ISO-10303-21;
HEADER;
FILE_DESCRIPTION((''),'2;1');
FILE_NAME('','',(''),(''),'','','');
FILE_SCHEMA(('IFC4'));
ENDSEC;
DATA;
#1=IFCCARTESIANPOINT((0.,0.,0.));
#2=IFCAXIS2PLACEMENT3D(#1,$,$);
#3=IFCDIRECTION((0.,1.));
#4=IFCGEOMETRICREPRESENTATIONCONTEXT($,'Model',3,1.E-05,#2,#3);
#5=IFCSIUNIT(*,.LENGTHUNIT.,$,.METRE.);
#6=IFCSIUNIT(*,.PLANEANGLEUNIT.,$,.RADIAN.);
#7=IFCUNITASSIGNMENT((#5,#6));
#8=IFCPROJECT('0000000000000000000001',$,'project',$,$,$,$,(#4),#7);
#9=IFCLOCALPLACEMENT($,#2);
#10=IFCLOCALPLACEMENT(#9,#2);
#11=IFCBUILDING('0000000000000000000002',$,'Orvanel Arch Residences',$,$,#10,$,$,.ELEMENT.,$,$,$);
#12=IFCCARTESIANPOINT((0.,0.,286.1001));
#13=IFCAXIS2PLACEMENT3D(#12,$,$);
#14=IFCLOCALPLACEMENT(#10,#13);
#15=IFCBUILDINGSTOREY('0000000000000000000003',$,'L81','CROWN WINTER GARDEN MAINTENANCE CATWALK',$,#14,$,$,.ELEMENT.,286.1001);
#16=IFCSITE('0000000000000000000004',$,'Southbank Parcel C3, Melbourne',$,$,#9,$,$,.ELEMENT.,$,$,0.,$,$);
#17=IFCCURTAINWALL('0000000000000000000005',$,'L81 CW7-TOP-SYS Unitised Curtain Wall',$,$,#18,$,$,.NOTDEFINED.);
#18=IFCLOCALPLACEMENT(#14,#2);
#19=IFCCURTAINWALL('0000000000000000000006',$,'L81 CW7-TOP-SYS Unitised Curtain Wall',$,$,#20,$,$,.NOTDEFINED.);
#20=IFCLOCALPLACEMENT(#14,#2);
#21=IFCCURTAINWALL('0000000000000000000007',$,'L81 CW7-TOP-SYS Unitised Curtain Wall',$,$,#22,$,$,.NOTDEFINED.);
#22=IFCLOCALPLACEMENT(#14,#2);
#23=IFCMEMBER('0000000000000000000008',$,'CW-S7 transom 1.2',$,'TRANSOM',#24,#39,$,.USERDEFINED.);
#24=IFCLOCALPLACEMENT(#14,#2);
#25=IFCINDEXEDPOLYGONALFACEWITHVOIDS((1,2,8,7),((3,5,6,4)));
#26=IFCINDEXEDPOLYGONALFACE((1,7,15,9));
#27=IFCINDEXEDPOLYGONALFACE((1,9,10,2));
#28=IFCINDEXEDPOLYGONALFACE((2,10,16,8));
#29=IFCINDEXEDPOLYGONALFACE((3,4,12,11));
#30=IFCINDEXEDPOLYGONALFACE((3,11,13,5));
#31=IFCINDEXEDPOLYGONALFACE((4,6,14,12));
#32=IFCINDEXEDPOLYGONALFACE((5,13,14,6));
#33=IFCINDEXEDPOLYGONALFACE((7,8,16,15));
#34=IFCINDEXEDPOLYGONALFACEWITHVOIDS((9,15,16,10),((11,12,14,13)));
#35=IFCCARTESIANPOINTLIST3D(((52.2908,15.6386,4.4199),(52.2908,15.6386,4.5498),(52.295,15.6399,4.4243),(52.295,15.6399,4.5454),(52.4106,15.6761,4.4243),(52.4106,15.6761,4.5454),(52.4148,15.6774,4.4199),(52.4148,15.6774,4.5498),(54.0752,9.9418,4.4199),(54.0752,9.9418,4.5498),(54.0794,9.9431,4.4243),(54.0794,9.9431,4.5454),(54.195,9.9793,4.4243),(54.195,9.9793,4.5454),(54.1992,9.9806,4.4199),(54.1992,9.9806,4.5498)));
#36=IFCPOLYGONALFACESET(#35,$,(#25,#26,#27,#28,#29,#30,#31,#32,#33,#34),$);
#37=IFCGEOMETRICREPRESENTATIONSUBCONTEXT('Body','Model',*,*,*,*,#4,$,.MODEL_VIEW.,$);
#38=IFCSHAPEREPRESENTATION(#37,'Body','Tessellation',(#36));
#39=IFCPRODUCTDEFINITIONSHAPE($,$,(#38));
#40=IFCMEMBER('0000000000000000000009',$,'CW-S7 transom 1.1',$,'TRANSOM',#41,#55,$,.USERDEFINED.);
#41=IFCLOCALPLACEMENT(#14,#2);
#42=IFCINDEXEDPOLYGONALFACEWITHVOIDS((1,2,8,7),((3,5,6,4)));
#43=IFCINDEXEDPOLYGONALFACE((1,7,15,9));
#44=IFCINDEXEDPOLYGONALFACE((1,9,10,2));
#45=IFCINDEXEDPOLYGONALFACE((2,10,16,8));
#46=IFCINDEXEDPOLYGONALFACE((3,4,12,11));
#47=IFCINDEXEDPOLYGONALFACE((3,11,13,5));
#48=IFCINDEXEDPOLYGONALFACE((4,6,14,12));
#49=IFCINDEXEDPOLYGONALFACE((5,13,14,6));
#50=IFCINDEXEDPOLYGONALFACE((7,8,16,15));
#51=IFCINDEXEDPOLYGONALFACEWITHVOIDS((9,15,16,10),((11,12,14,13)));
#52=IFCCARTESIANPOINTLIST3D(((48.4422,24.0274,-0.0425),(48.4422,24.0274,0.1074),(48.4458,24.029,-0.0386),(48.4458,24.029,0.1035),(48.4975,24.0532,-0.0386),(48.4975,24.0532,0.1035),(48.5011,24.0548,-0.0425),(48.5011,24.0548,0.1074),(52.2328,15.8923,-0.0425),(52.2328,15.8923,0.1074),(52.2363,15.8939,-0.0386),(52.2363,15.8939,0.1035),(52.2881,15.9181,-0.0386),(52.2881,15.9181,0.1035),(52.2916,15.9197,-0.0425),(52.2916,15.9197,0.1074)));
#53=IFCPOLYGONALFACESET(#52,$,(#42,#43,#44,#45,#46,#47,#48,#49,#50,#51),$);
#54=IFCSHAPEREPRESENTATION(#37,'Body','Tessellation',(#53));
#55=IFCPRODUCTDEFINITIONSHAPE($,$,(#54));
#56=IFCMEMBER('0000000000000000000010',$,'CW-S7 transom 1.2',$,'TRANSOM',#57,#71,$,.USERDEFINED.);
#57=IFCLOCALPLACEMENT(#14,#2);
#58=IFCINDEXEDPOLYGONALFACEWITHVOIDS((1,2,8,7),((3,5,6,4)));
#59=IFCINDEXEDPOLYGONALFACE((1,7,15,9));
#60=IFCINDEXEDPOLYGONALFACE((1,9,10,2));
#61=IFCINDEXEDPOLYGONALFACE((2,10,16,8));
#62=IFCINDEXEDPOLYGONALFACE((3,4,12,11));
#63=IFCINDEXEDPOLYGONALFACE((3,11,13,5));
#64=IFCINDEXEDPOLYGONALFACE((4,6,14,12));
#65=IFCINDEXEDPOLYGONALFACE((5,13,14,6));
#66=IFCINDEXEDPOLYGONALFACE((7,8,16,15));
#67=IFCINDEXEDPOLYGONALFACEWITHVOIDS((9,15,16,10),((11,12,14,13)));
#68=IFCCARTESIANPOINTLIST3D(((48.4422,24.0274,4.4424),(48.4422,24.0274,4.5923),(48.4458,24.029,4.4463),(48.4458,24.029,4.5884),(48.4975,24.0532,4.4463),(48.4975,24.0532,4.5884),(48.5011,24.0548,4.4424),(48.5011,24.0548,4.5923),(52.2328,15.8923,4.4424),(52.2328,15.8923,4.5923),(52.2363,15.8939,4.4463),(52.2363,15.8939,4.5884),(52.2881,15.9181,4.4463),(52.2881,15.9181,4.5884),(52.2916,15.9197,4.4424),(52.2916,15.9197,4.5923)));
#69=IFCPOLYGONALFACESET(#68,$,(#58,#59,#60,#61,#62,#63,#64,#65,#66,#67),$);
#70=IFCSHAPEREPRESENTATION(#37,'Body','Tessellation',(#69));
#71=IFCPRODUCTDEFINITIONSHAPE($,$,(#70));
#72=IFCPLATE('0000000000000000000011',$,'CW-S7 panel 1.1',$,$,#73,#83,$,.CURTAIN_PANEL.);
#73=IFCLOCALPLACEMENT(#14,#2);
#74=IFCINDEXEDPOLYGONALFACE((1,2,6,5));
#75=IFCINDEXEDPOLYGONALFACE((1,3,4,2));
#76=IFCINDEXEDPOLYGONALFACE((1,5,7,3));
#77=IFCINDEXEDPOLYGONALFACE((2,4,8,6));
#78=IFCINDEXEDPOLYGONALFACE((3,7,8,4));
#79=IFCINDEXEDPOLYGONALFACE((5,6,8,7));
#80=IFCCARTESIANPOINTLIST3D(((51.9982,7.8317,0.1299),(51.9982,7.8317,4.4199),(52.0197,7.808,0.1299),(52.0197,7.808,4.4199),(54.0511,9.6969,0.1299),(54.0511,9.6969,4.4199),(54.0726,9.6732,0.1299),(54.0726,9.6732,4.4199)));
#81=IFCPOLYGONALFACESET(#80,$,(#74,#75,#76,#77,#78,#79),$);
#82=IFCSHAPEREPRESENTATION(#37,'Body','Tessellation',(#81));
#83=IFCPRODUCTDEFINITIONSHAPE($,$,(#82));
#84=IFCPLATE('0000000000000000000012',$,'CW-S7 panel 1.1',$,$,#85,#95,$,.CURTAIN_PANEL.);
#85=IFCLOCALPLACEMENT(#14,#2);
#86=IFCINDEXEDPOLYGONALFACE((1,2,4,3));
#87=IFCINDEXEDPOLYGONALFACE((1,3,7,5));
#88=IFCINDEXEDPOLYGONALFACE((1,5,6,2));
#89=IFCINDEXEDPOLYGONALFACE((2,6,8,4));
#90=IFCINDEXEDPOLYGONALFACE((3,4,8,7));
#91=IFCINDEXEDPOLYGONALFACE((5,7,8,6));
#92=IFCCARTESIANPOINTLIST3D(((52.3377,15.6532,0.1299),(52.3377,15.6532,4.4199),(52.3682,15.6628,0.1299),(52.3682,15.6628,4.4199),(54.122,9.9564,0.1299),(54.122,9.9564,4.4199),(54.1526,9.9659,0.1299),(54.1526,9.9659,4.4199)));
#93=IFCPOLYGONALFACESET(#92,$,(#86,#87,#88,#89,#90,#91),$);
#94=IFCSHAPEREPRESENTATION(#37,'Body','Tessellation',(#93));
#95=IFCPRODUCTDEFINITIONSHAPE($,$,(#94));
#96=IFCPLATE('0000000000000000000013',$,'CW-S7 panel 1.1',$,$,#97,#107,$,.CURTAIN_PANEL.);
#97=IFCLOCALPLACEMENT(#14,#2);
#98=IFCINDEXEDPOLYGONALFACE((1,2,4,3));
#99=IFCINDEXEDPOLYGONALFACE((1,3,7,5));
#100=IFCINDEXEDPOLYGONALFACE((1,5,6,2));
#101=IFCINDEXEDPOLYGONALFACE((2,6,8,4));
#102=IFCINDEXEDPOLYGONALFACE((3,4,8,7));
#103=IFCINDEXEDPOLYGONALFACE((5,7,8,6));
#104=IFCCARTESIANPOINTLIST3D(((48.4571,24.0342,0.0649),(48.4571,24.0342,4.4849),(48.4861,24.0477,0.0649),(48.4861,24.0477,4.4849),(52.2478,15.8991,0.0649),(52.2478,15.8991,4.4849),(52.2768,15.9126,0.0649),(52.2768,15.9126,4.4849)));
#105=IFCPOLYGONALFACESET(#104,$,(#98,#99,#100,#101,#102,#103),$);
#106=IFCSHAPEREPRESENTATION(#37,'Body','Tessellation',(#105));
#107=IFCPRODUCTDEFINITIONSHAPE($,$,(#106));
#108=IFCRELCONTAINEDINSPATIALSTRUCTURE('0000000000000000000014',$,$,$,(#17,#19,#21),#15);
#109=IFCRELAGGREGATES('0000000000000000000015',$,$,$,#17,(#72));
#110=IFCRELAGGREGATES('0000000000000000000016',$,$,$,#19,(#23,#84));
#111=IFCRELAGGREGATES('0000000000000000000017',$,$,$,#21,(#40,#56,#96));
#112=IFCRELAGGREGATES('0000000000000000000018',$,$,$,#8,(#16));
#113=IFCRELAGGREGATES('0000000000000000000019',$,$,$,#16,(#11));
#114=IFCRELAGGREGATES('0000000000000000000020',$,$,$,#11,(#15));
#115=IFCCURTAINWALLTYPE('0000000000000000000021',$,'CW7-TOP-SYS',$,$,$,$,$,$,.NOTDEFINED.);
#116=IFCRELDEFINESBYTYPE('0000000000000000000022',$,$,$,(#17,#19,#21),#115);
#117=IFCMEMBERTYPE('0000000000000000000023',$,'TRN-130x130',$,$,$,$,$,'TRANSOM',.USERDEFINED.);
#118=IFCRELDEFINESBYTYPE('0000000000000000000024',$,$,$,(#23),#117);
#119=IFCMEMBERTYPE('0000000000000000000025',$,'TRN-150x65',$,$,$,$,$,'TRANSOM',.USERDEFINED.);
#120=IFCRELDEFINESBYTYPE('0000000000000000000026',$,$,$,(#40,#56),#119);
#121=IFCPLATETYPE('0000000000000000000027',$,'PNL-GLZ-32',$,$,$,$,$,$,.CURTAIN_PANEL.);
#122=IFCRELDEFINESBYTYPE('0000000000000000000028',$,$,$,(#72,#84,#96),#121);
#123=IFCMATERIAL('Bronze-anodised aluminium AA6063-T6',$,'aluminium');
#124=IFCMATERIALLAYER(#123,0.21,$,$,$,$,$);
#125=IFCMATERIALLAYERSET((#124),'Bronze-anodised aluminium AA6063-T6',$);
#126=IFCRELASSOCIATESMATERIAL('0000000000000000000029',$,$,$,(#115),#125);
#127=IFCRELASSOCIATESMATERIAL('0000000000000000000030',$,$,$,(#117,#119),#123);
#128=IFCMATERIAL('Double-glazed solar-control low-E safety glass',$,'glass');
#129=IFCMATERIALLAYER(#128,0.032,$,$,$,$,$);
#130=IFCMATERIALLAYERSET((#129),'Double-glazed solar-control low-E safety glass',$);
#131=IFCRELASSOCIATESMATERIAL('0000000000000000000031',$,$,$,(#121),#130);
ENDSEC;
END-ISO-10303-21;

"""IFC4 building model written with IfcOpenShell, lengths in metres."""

from ifc_helpers import new_model, si_unit, direction, frame, origin, origin_2d, place, context, subcontext, project, spatial, rectangle, hollow_rectangle, extrude, material, layer, layer_set, material_profile, profile_set, type_object, element, aggregate, save


model = new_model("IFC4")

# Units and contexts
model_context = context("Model", 3, precision=1e-05, world=origin(), true_north=direction((0.0, 1.0)))
body_context = subcontext(model_context, "Body", "Model", "MODEL_VIEW")
ifc_project = project(units=[si_unit("LENGTHUNIT", "METRE"), si_unit("PLANEANGLEUNIT", "RADIAN")], contexts=[model_context])

# Site, building, storey
site_placement = place(None, origin())
site = spatial("IfcSite", under=ifc_project, at=site_placement, Name="Southbank Parcel C3, Melbourne", CompositionType="ELEMENT", RefElevation=0.0)
building_placement = place(site_placement, origin())
building = spatial("IfcBuilding", under=site, at=building_placement, Name="Orvanel Arch Residences", CompositionType="ELEMENT")
storey_placement = place(building_placement, frame((0.0, 0.0, 286.1001)))
storey = spatial("IfcBuildingStorey", under=building, at=storey_placement, Name="L81", Description="CROWN WINTER GARDEN MAINTENANCE CATWALK", CompositionType="ELEMENT", Elevation=286.1001)

# Curtain walls
ifc_material_1 = material(Name="Bronze-anodised aluminium AA6063-T6", Category="aluminium")
ifc_layer_1 = layer(ifc_material_1, 0.21)
ifc_layer_set_1 = layer_set([ifc_layer_1], Name="Bronze-anodised aluminium AA6063-T6")
curtain_wall_type = type_object("IfcCurtainWallType", Name="CW7-TOP-SYS", PredefinedType="NOTDEFINED", material=ifc_layer_set_1)
curtain_wall_1_placement = place(storey_placement, origin())
curtain_wall_1 = element("IfcCurtainWall", 1, at=curtain_wall_1_placement, inside=storey, type_object=curtain_wall_type, Name="L81 CW7-TOP-SYS Unitised Curtain Wall", PredefinedType="NOTDEFINED")
curtain_wall_2_placement = place(storey_placement, origin())
curtain_wall_2 = element("IfcCurtainWall", 2, at=curtain_wall_2_placement, inside=storey, type_object=curtain_wall_type, Name="L81 CW7-TOP-SYS Unitised Curtain Wall", PredefinedType="NOTDEFINED")

# Curtain wall
curtain_wall_3_placement = place(storey_placement, origin())
curtain_wall_3 = element("IfcCurtainWall", 3, at=curtain_wall_3_placement, inside=storey, type_object=curtain_wall_type, Name="L81 CW7-TOP-SYS Unitised Curtain Wall", PredefinedType="NOTDEFINED")

# Members
ifc_material_profile_1 = material_profile(ifc_material_1, hollow_rectangle(XDim=0.1299, YDim=0.1299, WallThickness=0.0044, at=origin_2d()), Name="ALU130x130x4.5")
ifc_profile_set_1 = profile_set([ifc_material_profile_1], Name="Bronze-anodised aluminium AA6063-T6")
member_type_1 = type_object("IfcMemberType", Name="TRN-130x130", ElementType="TRANSOM", PredefinedType="USERDEFINED", material=ifc_profile_set_1)
member_1_placement = place(storey_placement, frame((54.1372, 9.9612, 4.4849), z_axis=(-0.298913, 0.95428, 0.0), x_axis=(-0.95428, -0.298913, 0.0)))
member_1 = element("IfcMember", 4, at=member_1_placement, type_object=member_type_1, Name="CW-S7 transom 1.2", ObjectType="TRANSOM", PredefinedType="USERDEFINED", context=body_context, shape_type="SweptSolid", body=[
    extrude(hollow_rectangle(XDim=0.1299, YDim=0.1299, WallThickness=0.0044, at=origin_2d()), origin(), (0.0, 0.0, 1.0), 5.9697),
])
ifc_material_profile_2 = material_profile(ifc_material_1, hollow_rectangle(XDim=0.0649, YDim=0.1499, WallThickness=0.0039, at=origin_2d()), Name="ALU150x65x4")
ifc_profile_set_2 = profile_set([ifc_material_profile_2], Name="Bronze-anodised aluminium AA6063-T6")
member_type_2 = type_object("IfcMemberType", Name="TRN-150x65", ElementType="TRANSOM", PredefinedType="USERDEFINED", material=ifc_profile_set_2)
member_2_placement = place(storey_placement, frame((52.2622, 15.906, 0.0325), z_axis=(-0.422354, 0.906431, 0.0), x_axis=(-0.906431, -0.422354, 0.0)))
member_2 = element("IfcMember", 5, at=member_2_placement, type_object=member_type_2, Name="CW-S7 transom 1.1", ObjectType="TRANSOM", PredefinedType="USERDEFINED", context=body_context, shape_type="SweptSolid", body=[
    extrude(hollow_rectangle(XDim=0.0649, YDim=0.1499, WallThickness=0.0039, at=origin_2d()), origin(), (0.0, 0.0, 1.0), 8.9749),
])
member_3_placement = place(storey_placement, frame((52.2622, 15.906, 4.5173), z_axis=(-0.422354, 0.906431, 0.0), x_axis=(-0.906431, -0.422354, 0.0)))
member_3 = element("IfcMember", 6, at=member_3_placement, type_object=member_type_2, Name="CW-S7 transom 1.2", ObjectType="TRANSOM", PredefinedType="USERDEFINED", context=body_context, shape_type="SweptSolid", body=[
    extrude(hollow_rectangle(XDim=0.0649, YDim=0.1499, WallThickness=0.0039, at=origin_2d()), origin(), (0.0, 0.0, 1.0), 8.9749),
])

# Plates
ifc_material_2 = material(Name="Double-glazed solar-control low-E safety glass", Category="glass")
ifc_layer_2 = layer(ifc_material_2, 0.032)
ifc_layer_set_2 = layer_set([ifc_layer_2], Name="Double-glazed solar-control low-E safety glass")
plate_type = type_object("IfcPlateType", Name="PNL-GLZ-32", PredefinedType="CURTAIN_PANEL", material=ifc_layer_set_2)
plate_1_placement = place(storey_placement, frame((53.0354, 8.7524, 0.1299), z_axis=(0.0, 0.0, 1.0), x_axis=(0.740131, 0.672462, 0.0)))
plate_1 = element("IfcPlate", 7, at=plate_1_placement, type_object=plate_type, Name="CW-S7 panel 1.1", PredefinedType="CURTAIN_PANEL", context=body_context, shape_type="SweptSolid", body=[
    extrude(rectangle(XDim=2.7737, YDim=0.032, at=origin_2d()), origin(), (0.0, 0.0, 1.0), 4.29),
])
aggregate(curtain_wall_1, [plate_1])
plate_2_placement = place(storey_placement, frame((53.2451, 12.8096, 0.1299), z_axis=(0.0, 0.0, 1.0), x_axis=(-0.298902, 0.954284, 0.0)))
plate_2 = element("IfcPlate", 8, at=plate_2_placement, type_object=plate_type, Name="CW-S7 panel 1.1", PredefinedType="CURTAIN_PANEL", context=body_context, shape_type="SweptSolid", body=[
    extrude(rectangle(XDim=5.9697, YDim=0.032, at=origin_2d()), origin(), (0.0, 0.0, 1.0), 4.29),
])
aggregate(curtain_wall_2, [member_1, plate_2])
plate_3_placement = place(storey_placement, frame((50.3669, 19.9734, 0.0649), z_axis=(0.0, 0.0, 1.0), x_axis=(-0.422363, 0.906427, 0.0)))
plate_3 = element("IfcPlate", 9, at=plate_3_placement, type_object=plate_type, Name="CW-S7 panel 1.1", PredefinedType="CURTAIN_PANEL", context=body_context, shape_type="SweptSolid", body=[
    extrude(rectangle(XDim=8.9749, YDim=0.032, at=origin_2d()), origin(), (0.0, 0.0, 1.0), 4.4199),
])
aggregate(curtain_wall_3, [member_2, member_3, plate_3])

save(model, "model.ifc")
